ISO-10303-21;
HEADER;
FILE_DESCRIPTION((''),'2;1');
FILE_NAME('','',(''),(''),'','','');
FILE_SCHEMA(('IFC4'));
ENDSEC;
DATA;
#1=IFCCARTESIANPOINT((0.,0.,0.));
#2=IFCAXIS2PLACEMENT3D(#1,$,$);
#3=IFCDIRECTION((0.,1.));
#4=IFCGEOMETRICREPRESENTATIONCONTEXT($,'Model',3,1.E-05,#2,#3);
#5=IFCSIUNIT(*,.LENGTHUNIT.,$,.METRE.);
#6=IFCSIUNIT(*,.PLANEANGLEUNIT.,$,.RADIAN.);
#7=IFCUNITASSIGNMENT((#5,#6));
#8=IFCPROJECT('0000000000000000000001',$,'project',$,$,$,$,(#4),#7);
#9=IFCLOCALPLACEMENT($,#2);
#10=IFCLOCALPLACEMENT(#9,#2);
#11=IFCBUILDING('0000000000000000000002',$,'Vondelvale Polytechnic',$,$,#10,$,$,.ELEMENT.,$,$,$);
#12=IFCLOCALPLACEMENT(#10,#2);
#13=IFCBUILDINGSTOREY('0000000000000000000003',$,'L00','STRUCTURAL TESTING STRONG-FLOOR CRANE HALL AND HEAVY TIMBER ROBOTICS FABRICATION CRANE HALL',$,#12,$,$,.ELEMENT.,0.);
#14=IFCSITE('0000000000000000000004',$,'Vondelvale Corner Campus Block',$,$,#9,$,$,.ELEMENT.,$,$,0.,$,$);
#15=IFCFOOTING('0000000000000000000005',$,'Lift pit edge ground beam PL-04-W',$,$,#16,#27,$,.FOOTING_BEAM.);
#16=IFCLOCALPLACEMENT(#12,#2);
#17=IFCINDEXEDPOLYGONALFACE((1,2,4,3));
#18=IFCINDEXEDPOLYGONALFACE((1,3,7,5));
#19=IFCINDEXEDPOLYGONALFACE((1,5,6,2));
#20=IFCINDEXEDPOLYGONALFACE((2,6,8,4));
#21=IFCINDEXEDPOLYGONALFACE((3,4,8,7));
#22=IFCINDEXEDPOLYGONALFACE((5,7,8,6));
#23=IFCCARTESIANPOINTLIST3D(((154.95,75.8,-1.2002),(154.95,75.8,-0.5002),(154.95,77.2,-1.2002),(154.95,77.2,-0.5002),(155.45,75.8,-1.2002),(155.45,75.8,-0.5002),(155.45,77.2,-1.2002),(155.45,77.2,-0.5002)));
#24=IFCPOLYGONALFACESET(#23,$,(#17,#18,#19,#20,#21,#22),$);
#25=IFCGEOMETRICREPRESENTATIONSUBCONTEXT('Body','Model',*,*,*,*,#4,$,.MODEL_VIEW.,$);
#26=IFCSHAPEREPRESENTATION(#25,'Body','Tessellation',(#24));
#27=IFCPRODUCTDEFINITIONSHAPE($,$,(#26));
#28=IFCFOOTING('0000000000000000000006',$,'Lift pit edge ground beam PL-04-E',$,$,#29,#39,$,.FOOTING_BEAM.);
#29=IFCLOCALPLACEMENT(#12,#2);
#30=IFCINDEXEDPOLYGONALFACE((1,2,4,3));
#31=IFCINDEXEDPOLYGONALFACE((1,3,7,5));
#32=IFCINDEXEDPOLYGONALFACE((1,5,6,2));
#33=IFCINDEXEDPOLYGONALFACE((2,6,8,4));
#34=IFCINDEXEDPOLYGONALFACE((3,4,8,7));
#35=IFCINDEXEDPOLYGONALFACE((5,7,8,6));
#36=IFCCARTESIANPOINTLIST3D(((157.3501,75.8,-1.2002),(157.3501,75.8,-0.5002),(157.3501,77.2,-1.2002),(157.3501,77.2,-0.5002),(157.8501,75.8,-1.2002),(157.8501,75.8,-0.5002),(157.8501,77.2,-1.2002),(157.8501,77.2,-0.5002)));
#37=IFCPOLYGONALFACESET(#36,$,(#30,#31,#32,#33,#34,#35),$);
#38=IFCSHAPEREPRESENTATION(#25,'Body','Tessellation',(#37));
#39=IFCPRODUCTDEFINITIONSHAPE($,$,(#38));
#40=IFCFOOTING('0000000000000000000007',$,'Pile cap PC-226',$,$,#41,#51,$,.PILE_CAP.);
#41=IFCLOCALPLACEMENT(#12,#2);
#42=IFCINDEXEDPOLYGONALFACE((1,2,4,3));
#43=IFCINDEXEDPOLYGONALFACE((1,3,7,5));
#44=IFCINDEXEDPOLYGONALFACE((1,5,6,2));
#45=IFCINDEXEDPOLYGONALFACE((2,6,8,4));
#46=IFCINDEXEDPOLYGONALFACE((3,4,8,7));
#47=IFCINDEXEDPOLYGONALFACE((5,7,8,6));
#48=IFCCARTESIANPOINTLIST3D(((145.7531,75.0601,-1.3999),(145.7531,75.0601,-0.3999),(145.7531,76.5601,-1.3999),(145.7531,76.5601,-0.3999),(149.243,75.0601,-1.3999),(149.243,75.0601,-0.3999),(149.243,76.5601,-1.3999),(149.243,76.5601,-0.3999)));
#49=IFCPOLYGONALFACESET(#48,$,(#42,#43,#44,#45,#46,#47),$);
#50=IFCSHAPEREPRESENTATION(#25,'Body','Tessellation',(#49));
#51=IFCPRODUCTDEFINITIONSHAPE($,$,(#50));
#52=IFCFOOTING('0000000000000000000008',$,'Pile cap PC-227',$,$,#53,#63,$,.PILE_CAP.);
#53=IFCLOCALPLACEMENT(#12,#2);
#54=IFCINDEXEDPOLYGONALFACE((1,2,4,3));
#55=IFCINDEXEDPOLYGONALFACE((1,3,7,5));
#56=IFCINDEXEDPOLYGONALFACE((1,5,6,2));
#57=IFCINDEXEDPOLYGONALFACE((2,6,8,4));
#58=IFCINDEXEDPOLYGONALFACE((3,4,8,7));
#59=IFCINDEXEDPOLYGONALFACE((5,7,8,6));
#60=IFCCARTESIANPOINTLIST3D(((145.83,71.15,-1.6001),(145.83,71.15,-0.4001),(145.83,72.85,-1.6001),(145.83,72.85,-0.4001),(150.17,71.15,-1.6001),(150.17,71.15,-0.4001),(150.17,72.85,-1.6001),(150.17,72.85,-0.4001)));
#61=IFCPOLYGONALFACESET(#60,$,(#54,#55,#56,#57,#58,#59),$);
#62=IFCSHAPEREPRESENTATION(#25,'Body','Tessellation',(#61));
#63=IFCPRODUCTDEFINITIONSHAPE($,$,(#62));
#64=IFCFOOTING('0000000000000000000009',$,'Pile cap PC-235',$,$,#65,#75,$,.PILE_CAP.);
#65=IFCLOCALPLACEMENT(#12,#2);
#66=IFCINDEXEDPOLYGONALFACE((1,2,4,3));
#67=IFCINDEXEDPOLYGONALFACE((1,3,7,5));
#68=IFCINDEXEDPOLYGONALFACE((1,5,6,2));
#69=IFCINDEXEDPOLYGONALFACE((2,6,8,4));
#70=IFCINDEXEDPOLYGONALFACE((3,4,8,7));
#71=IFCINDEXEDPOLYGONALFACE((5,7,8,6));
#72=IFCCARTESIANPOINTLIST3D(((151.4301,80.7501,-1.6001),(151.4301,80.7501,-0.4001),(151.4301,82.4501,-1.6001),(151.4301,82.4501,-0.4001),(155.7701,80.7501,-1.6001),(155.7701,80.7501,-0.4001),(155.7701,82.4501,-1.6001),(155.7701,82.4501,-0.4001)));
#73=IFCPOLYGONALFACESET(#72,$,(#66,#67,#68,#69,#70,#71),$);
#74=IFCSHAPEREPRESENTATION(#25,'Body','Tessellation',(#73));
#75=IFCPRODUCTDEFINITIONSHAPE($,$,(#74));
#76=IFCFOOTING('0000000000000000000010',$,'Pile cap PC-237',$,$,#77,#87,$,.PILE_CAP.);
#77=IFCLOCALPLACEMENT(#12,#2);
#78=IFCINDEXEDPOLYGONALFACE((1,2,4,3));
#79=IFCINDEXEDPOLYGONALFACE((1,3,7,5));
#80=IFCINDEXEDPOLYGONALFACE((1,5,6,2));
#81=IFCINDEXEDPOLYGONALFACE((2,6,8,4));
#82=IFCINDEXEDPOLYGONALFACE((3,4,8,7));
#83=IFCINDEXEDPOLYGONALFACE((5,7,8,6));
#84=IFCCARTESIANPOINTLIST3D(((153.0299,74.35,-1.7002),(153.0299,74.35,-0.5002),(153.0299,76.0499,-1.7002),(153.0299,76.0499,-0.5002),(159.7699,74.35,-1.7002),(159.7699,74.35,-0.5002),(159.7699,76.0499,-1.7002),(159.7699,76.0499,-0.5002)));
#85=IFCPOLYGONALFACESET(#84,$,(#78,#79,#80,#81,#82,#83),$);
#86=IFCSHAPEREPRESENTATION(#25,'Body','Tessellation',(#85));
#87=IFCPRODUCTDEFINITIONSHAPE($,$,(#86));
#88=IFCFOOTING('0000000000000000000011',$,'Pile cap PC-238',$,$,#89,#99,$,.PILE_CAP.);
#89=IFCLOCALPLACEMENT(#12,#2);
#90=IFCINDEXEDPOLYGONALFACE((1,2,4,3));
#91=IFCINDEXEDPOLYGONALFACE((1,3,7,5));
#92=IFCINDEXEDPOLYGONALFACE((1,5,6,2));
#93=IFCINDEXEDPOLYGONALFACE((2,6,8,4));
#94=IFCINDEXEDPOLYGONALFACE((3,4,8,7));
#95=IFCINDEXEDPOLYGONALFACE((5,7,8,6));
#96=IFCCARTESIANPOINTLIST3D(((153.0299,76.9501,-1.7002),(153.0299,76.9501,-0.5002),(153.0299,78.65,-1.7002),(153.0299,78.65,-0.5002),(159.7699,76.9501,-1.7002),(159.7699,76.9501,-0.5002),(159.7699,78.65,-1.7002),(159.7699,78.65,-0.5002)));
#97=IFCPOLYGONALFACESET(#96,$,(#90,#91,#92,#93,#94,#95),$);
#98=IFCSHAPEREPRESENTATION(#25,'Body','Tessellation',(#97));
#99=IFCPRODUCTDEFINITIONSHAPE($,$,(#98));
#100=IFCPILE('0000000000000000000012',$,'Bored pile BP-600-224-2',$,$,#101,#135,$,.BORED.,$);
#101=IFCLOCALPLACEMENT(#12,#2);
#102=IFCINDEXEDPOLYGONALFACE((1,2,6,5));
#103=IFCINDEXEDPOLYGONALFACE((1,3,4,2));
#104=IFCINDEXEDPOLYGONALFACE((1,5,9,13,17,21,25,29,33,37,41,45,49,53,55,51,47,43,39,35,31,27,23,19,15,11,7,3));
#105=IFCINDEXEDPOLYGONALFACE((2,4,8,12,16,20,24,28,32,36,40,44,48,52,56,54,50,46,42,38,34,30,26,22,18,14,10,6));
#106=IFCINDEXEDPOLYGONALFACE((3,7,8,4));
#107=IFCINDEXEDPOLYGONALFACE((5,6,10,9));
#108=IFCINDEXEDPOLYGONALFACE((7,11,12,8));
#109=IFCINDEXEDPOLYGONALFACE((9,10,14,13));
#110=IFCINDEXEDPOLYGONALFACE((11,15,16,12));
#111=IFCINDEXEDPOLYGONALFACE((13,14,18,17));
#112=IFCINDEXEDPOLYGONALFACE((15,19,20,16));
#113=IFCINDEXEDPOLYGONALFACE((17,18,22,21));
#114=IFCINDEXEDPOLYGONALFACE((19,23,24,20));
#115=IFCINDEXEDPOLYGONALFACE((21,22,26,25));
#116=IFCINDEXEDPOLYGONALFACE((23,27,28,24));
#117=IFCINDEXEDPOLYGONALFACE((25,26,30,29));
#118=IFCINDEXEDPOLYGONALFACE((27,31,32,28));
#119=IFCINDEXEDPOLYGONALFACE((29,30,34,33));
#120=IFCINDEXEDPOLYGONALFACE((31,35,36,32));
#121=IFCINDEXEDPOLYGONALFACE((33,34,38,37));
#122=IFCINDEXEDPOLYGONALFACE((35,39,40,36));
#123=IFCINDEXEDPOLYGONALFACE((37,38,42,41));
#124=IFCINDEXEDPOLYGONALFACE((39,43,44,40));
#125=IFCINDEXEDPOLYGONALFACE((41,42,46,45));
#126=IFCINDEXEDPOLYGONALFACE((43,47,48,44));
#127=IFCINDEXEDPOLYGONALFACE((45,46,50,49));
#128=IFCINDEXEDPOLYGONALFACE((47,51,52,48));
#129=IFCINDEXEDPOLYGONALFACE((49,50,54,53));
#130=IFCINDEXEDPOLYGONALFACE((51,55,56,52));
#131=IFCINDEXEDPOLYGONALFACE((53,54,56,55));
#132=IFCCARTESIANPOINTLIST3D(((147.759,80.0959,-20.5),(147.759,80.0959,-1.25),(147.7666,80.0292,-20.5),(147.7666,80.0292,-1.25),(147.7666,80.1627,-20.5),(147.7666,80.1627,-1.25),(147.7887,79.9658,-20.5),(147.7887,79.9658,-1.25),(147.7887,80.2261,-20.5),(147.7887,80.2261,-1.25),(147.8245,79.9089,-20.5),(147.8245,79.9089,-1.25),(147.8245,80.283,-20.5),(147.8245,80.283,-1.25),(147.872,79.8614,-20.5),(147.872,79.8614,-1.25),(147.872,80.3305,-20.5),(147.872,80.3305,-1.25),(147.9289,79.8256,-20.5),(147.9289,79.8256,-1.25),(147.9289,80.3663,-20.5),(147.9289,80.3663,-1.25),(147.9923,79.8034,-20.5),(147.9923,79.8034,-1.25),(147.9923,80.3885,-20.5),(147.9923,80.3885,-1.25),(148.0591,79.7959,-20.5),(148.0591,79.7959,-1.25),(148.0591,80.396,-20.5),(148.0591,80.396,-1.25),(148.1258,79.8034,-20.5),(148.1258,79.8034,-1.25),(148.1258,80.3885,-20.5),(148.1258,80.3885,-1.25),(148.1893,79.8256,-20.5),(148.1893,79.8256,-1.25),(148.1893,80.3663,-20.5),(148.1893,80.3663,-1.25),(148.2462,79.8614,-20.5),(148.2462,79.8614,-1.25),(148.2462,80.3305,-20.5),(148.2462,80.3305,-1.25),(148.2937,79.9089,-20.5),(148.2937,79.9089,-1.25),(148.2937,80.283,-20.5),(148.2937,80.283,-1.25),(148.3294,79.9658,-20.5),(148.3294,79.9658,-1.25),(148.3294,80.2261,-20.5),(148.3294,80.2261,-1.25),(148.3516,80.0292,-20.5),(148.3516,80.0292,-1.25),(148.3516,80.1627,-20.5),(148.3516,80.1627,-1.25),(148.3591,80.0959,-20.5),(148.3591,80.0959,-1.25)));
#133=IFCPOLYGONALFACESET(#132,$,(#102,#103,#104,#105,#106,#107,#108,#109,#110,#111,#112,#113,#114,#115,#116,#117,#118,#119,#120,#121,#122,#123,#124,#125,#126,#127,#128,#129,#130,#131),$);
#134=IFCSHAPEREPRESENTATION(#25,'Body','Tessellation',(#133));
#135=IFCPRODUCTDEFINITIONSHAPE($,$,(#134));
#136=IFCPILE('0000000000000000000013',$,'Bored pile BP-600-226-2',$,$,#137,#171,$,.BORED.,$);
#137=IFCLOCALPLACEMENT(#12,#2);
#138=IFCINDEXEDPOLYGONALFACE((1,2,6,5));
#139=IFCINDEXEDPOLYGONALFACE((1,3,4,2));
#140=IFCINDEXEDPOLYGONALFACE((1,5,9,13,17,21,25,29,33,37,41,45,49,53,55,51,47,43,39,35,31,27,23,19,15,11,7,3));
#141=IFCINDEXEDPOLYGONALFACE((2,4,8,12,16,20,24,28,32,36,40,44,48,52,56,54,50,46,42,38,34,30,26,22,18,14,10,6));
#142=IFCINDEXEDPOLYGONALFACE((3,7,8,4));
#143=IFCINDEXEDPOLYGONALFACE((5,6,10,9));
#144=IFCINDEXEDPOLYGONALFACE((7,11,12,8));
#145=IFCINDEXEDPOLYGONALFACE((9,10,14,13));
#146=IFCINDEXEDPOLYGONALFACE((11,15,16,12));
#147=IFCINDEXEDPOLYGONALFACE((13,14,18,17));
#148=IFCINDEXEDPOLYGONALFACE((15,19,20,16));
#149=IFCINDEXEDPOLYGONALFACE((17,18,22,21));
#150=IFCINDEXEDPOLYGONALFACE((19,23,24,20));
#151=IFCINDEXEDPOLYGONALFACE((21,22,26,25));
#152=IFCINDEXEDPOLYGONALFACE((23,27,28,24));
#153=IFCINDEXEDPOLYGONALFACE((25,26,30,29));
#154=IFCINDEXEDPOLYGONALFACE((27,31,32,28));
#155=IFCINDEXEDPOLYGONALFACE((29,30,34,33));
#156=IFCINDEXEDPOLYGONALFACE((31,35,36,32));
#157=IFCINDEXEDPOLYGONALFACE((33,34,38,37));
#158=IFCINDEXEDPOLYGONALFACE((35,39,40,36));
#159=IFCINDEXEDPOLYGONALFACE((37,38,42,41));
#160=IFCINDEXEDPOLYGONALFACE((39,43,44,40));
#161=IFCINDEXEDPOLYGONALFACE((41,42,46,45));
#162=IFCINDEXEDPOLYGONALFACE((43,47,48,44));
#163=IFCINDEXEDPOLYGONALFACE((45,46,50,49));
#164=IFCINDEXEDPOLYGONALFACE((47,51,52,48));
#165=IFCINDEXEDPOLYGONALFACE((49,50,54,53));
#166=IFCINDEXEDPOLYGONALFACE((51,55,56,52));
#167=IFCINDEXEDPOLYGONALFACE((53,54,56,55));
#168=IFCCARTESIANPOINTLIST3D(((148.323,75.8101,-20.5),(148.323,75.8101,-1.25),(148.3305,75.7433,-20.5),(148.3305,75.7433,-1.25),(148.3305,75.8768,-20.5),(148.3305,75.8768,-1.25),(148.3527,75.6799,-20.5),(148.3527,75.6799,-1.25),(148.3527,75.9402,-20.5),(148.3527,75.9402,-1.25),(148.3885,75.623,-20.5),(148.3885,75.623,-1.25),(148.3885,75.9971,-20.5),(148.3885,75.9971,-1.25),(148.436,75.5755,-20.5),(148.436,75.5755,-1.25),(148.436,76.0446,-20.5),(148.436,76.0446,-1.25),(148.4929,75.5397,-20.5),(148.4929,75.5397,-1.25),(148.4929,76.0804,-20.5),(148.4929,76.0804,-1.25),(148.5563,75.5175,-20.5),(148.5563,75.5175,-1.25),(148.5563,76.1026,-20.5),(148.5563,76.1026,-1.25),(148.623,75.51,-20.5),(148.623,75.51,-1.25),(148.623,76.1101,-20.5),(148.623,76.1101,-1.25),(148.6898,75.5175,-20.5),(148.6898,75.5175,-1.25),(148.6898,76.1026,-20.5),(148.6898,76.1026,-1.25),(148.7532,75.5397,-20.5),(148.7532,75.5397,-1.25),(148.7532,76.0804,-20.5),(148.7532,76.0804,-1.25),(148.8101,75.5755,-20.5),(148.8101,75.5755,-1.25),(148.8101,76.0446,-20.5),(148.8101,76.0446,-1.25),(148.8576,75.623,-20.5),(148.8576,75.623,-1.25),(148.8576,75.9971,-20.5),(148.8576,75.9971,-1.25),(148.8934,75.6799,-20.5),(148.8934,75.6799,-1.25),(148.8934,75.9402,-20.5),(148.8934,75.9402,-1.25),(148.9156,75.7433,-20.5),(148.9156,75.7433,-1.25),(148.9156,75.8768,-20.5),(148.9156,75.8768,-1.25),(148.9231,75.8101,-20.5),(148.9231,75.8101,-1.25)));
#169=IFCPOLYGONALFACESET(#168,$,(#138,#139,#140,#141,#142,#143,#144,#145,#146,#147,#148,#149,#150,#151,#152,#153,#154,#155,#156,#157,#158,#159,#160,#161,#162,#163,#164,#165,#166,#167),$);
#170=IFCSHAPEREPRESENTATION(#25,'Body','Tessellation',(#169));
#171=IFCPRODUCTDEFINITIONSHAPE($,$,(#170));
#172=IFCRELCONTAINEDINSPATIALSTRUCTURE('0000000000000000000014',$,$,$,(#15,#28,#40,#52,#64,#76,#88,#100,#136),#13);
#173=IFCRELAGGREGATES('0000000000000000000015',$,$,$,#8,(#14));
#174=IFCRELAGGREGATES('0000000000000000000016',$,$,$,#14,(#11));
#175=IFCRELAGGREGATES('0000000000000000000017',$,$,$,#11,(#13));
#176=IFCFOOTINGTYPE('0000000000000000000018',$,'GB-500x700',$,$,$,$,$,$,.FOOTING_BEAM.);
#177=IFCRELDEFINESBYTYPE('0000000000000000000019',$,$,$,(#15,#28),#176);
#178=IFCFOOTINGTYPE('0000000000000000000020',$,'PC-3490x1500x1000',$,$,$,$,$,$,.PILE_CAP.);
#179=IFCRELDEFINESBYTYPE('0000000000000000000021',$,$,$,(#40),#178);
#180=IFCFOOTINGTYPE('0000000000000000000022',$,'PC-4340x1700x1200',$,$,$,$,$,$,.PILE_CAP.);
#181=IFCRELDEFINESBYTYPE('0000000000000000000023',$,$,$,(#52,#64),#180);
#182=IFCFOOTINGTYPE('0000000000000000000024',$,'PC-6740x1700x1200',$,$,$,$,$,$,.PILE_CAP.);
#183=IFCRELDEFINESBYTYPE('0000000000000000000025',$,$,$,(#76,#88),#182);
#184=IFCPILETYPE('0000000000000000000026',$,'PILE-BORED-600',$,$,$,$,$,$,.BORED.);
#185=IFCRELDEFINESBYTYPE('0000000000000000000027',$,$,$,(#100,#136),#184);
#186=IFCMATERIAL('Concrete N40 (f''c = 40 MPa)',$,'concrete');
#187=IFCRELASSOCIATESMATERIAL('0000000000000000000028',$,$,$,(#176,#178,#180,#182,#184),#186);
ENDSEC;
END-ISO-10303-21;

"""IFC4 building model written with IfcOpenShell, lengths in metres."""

from ifc_helpers import new_model, si_unit, direction, frame, origin, origin_2d, place, context, subcontext, project, spatial, rectangle, circle, extrude, material, material_profile, profile_set, type_object, element, save


model = new_model("IFC4")

# Units and contexts
model_context = context("Model", 3, precision=1e-05, world=origin(), true_north=direction((0.0, 1.0)))
body_context = subcontext(model_context, "Body", "Model", "MODEL_VIEW")
ifc_project = project(units=[si_unit("LENGTHUNIT", "METRE"), si_unit("PLANEANGLEUNIT", "RADIAN")], contexts=[model_context])

# Site, building, storey
site_placement = place(None, origin())
site = spatial("IfcSite", under=ifc_project, at=site_placement, Name="Vondelvale Corner Campus Block", CompositionType="ELEMENT", RefElevation=0.0)
building_placement = place(site_placement, origin())
building = spatial("IfcBuilding", under=site, at=building_placement, Name="Vondelvale Polytechnic", CompositionType="ELEMENT")
storey_placement = place(building_placement, origin())
storey = spatial("IfcBuildingStorey", under=building, at=storey_placement, Name="L00", Description="STRUCTURAL TESTING STRONG-FLOOR CRANE HALL AND HEAVY TIMBER ROBOTICS FABRICATION CRANE HALL", CompositionType="ELEMENT", Elevation=0.0)

# Footings
ifc_material_1 = material(Name="Concrete N40 (f'c = 40 MPa)", Category="concrete")
footing_type_1 = type_object("IfcFootingType", Name="GB-500x700", PredefinedType="FOOTING_BEAM", material=ifc_material_1)
for number, where, z_axis, x_axis, name in (
    (1, (155.2, 76.5, -1.2002), (0.0, 0.0, 1.0), (1.0, 0.0, 0.0), "Lift pit edge ground beam PL-04-W"),
    (2, (157.6001, 76.5, -1.2002), (0.0, 0.0, 1.0), (1.0, 0.0, 0.0), "Lift pit edge ground beam PL-04-E"),
):
    element("IfcFooting", number, at=place(storey_placement, frame(where, z_axis=z_axis, x_axis=x_axis)), inside=storey, type_object=footing_type_1, Name=name, PredefinedType="FOOTING_BEAM", context=body_context, shape_type="SweptSolid", body=[
        extrude(rectangle(XDim=0.5, YDim=1.3999, at=origin_2d()), origin(), (0.0, 0.0, 1.0), 0.7),
    ])
footing_type_2 = type_object("IfcFootingType", Name="PC-3490x1500x1000", PredefinedType="PILE_CAP", material=ifc_material_1)
footing_placement = place(storey_placement, frame((147.498, 75.8101, -1.3999), z_axis=(0.0, 0.0, 1.0), x_axis=(1.0, 0.0, 0.0)))
element("IfcFooting", 3, at=footing_placement, inside=storey, type_object=footing_type_2, Name="Pile cap PC-226", PredefinedType="PILE_CAP", context=body_context, shape_type="SweptSolid", body=[
    extrude(rectangle(XDim=3.49, YDim=1.5, at=origin_2d()), origin(), (0.0, 0.0, 1.0), 1.0),
])
footing_type_3 = type_object("IfcFootingType", Name="PC-4340x1700x1200", PredefinedType="PILE_CAP", material=ifc_material_1)
for number, where, z_axis, x_axis, name in (
    (4, (148.0, 72.0, -1.6001), (0.0, 0.0, 1.0), (1.0, 0.0, 0.0), "Pile cap PC-227"),
    (5, (153.6001, 81.6001, -1.6001), (0.0, 0.0, 1.0), (1.0, 0.0, 0.0), "Pile cap PC-235"),
):
    element("IfcFooting", number, at=place(storey_placement, frame(where, z_axis=z_axis, x_axis=x_axis)), inside=storey, type_object=footing_type_3, Name=name, PredefinedType="PILE_CAP", context=body_context, shape_type="SweptSolid", body=[
        extrude(rectangle(XDim=4.3401, YDim=1.7, at=origin_2d()), origin(), (0.0, 0.0, 1.0), 1.2),
    ])
footing_type_4 = type_object("IfcFootingType", Name="PC-6740x1700x1200", PredefinedType="PILE_CAP", material=ifc_material_1)
for number, where, z_axis, x_axis, name in (
    (6, (156.3999, 75.2, -1.7002), (0.0, 0.0, 1.0), (1.0, 0.0, 0.0), "Pile cap PC-237"),
    (7, (156.3999, 77.8, -1.7002), (0.0, 0.0, 1.0), (1.0, 0.0, 0.0), "Pile cap PC-238"),
):
    element("IfcFooting", number, at=place(storey_placement, frame(where, z_axis=z_axis, x_axis=x_axis)), inside=storey, type_object=footing_type_4, Name=name, PredefinedType="PILE_CAP", context=body_context, shape_type="SweptSolid", body=[
        extrude(rectangle(XDim=6.74, YDim=1.7, at=origin_2d()), origin(), (0.0, 0.0, 1.0), 1.2),
    ])

# Piles
ifc_material_profile_1 = material_profile(ifc_material_1, circle(Radius=0.3, at=origin_2d()), Name="PILE-D600")
ifc_profile_set_1 = profile_set([ifc_material_profile_1], Name="Concrete N40 (f'c = 40 MPa)")
pile_type_1 = type_object("IfcPileType", Name="PILE-BORED-600", PredefinedType="BORED", material=ifc_profile_set_1)
for number, where, z_axis, x_axis, name in (
    (8, (148.0591, 80.0959, -1.25), (0.0, 0.0, -1.0), (1.0, 0.0, 0.0), "Bored pile BP-600-224-2"),
    (9, (148.623, 75.8101, -1.25), (0.0, 0.0, -1.0), (1.0, 0.0, 0.0), "Bored pile BP-600-226-2"),
):
    element("IfcPile", number, at=place(storey_placement, frame(where, z_axis=z_axis, x_axis=x_axis)), inside=storey, type_object=pile_type_1, Name=name, PredefinedType="BORED", context=body_context, shape_type="SweptSolid", body=[
        extrude(circle(Radius=0.3, at=origin_2d()), origin(), (0.0, 0.0, 1.0), 19.25),
    ])

save(model, "model.ifc")
